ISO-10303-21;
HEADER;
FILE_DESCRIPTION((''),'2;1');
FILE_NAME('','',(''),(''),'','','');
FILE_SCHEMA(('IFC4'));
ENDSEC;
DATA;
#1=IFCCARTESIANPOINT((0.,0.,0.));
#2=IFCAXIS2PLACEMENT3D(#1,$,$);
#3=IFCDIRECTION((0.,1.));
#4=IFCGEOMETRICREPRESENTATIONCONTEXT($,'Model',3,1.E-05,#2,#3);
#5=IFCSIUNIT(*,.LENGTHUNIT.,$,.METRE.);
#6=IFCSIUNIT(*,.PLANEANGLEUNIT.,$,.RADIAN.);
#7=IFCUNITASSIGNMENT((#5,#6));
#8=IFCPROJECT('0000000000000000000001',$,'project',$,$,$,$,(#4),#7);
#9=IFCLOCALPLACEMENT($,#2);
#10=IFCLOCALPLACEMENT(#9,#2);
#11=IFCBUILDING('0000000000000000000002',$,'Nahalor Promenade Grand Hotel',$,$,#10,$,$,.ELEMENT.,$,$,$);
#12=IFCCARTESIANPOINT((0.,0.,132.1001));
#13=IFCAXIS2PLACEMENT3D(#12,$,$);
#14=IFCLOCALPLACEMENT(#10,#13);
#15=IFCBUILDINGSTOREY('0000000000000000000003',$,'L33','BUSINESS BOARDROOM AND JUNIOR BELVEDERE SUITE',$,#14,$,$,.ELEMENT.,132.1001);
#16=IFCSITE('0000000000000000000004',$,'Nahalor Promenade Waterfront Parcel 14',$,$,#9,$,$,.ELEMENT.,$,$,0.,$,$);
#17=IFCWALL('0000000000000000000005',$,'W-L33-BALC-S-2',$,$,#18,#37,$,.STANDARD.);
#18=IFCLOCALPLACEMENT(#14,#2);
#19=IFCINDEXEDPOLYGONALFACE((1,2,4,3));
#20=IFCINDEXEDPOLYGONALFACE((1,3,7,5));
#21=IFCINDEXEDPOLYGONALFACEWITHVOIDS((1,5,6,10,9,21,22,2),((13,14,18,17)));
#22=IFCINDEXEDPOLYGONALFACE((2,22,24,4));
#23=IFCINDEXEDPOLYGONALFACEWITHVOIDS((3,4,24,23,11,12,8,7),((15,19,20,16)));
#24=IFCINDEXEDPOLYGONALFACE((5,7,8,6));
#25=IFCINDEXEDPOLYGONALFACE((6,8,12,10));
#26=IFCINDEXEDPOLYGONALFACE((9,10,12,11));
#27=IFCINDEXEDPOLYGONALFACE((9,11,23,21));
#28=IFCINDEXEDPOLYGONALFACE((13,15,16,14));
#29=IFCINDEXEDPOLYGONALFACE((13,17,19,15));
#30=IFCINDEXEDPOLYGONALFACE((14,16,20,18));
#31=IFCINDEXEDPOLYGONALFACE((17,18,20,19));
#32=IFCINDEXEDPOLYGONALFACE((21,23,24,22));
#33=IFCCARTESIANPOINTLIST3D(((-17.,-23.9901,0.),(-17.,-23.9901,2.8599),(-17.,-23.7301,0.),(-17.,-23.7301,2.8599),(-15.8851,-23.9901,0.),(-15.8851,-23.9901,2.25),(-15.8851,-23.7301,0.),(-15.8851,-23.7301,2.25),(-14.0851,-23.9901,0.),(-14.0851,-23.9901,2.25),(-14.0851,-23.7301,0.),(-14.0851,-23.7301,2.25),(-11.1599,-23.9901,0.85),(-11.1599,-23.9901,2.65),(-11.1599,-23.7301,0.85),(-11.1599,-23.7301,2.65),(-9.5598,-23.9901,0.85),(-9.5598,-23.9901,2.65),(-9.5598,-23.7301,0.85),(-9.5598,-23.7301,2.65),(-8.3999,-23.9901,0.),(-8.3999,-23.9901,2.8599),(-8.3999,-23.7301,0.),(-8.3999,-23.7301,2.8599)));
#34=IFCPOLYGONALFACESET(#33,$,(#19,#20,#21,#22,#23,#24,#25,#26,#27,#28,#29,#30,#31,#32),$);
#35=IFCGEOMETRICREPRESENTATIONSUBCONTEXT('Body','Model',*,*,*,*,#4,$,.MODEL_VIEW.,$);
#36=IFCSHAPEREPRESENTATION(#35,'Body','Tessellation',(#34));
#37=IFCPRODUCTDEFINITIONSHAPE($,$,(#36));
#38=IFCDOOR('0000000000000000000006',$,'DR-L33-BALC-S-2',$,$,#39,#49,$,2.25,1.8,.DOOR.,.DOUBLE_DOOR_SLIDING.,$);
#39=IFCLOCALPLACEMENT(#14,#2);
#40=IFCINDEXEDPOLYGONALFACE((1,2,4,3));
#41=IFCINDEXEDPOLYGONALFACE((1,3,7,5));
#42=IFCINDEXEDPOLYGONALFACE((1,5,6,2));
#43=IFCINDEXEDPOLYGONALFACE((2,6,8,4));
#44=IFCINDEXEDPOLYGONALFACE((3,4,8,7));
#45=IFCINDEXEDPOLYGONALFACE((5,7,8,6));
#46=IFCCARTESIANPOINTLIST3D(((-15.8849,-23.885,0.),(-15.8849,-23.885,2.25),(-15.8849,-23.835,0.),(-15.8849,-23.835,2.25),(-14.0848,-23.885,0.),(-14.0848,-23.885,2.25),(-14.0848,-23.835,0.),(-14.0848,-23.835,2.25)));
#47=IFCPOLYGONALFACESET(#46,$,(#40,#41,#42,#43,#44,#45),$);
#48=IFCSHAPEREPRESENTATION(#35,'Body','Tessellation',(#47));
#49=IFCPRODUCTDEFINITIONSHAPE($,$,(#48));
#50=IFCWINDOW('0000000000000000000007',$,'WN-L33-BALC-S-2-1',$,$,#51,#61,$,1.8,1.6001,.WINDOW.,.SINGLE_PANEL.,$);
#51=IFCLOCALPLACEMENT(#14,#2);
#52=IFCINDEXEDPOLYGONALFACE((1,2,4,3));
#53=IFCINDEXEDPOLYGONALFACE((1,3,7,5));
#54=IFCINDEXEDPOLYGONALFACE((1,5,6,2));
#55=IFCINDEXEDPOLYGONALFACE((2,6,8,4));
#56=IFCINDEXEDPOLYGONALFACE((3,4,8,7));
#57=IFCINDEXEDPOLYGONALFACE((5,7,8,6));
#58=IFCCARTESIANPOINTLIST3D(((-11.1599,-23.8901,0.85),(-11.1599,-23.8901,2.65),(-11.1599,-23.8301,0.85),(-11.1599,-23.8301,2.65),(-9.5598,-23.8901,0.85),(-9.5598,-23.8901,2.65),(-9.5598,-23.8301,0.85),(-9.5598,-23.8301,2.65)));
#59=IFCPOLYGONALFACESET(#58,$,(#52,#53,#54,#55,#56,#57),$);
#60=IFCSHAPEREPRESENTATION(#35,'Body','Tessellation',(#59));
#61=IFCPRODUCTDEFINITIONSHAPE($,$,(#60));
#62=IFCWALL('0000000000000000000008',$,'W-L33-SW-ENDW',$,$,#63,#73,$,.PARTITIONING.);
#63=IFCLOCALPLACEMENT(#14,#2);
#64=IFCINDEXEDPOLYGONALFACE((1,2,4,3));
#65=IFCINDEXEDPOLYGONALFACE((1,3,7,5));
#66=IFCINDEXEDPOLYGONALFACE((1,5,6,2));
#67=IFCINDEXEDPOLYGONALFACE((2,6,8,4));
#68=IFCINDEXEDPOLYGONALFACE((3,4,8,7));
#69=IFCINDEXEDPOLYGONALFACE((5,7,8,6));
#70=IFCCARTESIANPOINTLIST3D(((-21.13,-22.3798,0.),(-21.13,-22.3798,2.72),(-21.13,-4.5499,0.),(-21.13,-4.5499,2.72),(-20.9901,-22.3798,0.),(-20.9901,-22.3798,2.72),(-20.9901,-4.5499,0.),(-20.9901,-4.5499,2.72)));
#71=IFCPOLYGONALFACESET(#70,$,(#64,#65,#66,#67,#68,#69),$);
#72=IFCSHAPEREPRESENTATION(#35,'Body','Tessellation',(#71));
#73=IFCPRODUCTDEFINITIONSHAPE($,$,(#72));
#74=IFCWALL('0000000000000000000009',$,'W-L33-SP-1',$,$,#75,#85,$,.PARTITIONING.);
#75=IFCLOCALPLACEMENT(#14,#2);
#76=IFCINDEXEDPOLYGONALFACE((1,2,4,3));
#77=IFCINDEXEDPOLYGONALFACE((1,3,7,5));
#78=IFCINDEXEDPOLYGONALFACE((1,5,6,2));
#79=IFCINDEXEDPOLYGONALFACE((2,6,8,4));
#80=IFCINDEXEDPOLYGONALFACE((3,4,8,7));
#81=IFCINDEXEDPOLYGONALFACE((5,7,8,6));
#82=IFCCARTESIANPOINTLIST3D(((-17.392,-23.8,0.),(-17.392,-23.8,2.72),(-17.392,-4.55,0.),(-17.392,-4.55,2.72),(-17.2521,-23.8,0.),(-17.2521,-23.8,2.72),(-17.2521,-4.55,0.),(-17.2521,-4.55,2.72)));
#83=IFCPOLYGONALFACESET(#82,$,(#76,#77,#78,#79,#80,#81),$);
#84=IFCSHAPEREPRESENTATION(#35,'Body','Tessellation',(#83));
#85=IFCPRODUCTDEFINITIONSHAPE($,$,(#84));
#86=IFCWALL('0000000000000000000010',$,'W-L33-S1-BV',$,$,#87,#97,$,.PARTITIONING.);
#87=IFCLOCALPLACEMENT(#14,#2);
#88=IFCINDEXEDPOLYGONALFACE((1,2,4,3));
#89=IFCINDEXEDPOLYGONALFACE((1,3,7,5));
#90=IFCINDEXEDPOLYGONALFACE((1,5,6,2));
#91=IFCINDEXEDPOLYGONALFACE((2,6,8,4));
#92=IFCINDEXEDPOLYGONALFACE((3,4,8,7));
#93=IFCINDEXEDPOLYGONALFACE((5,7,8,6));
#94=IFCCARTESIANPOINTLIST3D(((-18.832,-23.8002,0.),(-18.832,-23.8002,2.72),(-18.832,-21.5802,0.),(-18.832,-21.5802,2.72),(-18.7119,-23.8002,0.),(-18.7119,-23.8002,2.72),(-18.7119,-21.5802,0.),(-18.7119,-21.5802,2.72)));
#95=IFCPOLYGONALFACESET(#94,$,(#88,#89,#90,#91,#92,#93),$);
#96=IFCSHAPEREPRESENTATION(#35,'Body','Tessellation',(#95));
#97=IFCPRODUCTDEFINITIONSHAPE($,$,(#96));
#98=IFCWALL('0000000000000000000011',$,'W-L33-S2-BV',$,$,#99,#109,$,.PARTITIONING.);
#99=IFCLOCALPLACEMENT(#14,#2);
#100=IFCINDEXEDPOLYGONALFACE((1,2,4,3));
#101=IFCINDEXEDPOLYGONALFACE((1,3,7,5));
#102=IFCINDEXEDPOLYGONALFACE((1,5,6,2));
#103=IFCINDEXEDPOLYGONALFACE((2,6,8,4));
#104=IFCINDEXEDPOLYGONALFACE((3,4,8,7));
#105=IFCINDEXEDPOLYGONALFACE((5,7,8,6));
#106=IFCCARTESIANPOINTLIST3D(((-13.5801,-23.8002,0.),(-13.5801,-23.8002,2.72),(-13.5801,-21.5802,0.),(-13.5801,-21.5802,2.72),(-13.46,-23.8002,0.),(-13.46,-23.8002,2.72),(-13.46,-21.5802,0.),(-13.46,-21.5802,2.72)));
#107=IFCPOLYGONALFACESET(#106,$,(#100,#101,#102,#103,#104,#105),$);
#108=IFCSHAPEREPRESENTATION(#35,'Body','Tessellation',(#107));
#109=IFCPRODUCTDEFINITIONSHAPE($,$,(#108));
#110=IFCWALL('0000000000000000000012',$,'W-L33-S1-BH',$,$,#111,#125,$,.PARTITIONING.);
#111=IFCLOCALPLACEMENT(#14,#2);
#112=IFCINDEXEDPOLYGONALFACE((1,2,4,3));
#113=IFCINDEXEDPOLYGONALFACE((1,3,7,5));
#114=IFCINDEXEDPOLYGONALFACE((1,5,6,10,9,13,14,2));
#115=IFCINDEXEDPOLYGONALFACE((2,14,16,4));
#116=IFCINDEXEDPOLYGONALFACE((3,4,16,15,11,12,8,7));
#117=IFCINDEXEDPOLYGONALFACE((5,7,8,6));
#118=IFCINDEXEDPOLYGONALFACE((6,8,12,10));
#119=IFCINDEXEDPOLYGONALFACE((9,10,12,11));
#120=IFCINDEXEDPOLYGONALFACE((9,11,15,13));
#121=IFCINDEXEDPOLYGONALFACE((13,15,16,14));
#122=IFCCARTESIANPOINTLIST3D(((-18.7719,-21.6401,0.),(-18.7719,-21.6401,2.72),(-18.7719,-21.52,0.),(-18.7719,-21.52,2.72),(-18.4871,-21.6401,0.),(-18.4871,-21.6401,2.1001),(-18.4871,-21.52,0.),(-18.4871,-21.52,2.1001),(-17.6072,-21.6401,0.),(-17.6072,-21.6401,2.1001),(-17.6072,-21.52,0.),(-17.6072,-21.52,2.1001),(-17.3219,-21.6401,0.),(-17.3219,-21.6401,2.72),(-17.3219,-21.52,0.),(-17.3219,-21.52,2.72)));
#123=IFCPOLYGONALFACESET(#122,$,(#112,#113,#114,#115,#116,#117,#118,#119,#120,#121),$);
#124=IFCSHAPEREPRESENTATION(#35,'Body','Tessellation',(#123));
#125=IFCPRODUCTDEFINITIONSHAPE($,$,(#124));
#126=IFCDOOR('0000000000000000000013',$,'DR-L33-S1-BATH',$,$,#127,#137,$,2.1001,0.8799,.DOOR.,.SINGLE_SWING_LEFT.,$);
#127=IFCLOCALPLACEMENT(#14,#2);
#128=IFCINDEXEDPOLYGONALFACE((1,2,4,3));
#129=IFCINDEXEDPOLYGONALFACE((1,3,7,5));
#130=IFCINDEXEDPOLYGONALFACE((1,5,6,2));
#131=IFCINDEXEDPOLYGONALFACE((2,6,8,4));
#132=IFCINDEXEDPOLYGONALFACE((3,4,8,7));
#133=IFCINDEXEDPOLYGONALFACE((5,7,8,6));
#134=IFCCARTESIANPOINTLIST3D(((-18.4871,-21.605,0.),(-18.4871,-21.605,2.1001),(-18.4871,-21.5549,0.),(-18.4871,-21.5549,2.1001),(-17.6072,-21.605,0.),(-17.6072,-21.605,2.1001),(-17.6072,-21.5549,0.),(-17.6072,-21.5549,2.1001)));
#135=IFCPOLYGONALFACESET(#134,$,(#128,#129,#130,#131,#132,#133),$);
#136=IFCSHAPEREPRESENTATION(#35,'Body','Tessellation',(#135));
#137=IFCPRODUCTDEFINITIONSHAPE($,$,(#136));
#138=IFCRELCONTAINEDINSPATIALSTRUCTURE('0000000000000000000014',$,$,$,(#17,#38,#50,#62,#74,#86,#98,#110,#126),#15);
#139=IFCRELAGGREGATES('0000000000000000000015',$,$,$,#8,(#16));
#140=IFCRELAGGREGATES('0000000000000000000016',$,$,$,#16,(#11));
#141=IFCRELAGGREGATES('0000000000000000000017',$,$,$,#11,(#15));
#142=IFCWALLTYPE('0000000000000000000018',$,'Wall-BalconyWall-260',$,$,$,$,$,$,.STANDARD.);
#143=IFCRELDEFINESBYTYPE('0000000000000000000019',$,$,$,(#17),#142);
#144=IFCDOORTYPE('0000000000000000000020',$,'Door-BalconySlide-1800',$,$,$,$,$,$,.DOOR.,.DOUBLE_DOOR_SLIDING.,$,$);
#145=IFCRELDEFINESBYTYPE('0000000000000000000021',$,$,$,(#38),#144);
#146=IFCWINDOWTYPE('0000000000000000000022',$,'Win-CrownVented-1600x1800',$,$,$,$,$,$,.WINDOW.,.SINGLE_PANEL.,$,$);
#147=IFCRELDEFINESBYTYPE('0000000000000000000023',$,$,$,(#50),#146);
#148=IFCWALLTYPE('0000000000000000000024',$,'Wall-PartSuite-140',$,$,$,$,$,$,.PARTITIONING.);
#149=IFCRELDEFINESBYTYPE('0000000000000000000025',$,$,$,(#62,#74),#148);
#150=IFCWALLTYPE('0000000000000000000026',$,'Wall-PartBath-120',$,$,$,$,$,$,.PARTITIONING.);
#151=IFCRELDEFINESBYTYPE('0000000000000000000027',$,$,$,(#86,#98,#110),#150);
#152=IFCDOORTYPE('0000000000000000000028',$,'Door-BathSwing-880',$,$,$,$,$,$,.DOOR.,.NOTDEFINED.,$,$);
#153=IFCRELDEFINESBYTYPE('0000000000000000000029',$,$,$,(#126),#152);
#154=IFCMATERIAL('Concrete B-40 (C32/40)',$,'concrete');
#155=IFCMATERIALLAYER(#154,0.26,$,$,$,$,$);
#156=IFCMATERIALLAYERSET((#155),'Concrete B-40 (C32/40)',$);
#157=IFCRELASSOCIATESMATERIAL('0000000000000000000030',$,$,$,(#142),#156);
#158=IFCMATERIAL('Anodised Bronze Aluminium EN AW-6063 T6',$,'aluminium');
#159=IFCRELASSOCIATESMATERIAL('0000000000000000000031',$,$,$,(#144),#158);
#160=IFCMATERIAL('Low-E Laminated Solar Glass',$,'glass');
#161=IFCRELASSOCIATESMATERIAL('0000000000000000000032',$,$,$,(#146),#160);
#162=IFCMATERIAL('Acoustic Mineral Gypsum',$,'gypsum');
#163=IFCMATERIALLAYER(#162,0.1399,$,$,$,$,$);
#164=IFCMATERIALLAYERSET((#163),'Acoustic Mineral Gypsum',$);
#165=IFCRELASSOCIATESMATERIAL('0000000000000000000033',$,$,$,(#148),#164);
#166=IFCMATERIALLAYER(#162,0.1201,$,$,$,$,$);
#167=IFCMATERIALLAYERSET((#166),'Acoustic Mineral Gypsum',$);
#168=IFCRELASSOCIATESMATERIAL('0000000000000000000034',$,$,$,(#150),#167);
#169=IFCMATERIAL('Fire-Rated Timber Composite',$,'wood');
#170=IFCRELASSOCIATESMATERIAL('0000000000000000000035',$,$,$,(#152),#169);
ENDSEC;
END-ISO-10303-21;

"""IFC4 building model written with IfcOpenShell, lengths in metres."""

from ifc_helpers import new_model, si_unit, direction, frame, frame_2d, origin, place, context, subcontext, project, spatial, rectangle, extrude, source, transform, mapped, material, layer, layer_set, type_object, element, fill, save


model = new_model("IFC4")

# Units and contexts
model_context = context("Model", 3, precision=1e-05, world=origin(), true_north=direction((0.0, 1.0)))
body_context = subcontext(model_context, "Body", "Model", "MODEL_VIEW")
ifc_project = project(units=[si_unit("LENGTHUNIT", "METRE"), si_unit("PLANEANGLEUNIT", "RADIAN")], contexts=[model_context])

# Site, building, storey
site_placement = place(None, origin())
site = spatial("IfcSite", under=ifc_project, at=site_placement, Name="Nahalor Promenade Waterfront Parcel 14", CompositionType="ELEMENT", RefElevation=0.0)
building_placement = place(site_placement, origin())
building = spatial("IfcBuilding", under=site, at=building_placement, Name="Nahalor Promenade Grand Hotel", CompositionType="ELEMENT")
storey_placement = place(building_placement, frame((0.0, 0.0, 132.1001)))
storey = spatial("IfcBuildingStorey", under=building, at=storey_placement, Name="L33", Description="BUSINESS BOARDROOM AND JUNIOR BELVEDERE SUITE", CompositionType="ELEMENT", Elevation=132.1001)

# Shared definitions
ifc_material_1 = material(Name="Anodised Bronze Aluminium EN AW-6063 T6", Category="aluminium")

# Shared definitions
ifc_material_2 = material(Name="Low-E Laminated Solar Glass", Category="glass")

# Shared definitions
ifc_material_3 = material(Name="Concrete B-40 (C32/40)", Category="concrete")

# Wall, openings, door, window
ifc_layer_1 = layer(ifc_material_3, 0.26)
ifc_layer_set_1 = layer_set([ifc_layer_1], Name="Concrete B-40 (C32/40)")
wall_type_1 = type_object("IfcWallType", Name="Wall-BalconyWall-260", PredefinedType="STANDARD", material=ifc_layer_set_1)
shared_shape_1 = source(origin(), body_context, "Body", "SweptSolid", [
    extrude(rectangle(XDim=8.6001, YDim=0.26, at=frame_2d((4.3, 0.0))), origin(), (0.0, 0.0, 1.0), 2.8599),
])
wall_1_placement = place(storey_placement, frame((-17.0, -23.8601, 0.0), z_axis=(0.0, 0.0, 1.0), x_axis=(1.0, 0.0, 0.0)))
wall_1 = element("IfcWall", 1, at=wall_1_placement, inside=storey, type_object=wall_type_1, Name="W-L33-BALC-S-2", PredefinedType="STANDARD", context=body_context, shape_type="MappedRepresentation", body=[
    mapped(shared_shape_1, transform((0.0, 0.0, 0.0), scale=1.0)),
])
opening_1_placement = place(wall_1_placement, frame((1.115, 0.0, 0.0)))
opening_1 = element("IfcOpeningElement", 2, at=opening_1_placement, cuts=wall_1, PredefinedType="OPENING", context=body_context, shape_type="SweptSolid", body=[
    extrude(rectangle(XDim=1.8, YDim=2.25, at=frame_2d((0.8999, 1.125))), frame((0.0, 0.1399, 0.0), z_axis=(0.0, -1.0, 0.0), x_axis=(1.0, 0.0, 0.0)), (0.0, 0.0, 1.0), 0.28),
])
opening_2_placement = place(wall_1_placement, frame((5.8401, 0.0, 0.8501)))
opening_2 = element("IfcOpeningElement", 3, at=opening_2_placement, cuts=wall_1, PredefinedType="OPENING", context=body_context, shape_type="SweptSolid", body=[
    extrude(rectangle(XDim=1.6001, YDim=1.8, at=frame_2d((0.8, 0.8999))), frame((0.0, 0.1399, 0.0), z_axis=(0.0, -1.0, 0.0), x_axis=(1.0, 0.0, 0.0)), (0.0, 0.0, 1.0), 0.28),
])
door_type_1 = type_object("IfcDoorType", Name="Door-BalconySlide-1800", OperationType="DOUBLE_DOOR_SLIDING", PredefinedType="DOOR", material=ifc_material_1)
shared_shape_2 = source(origin(), body_context, "Body", "SweptSolid", [
    extrude(rectangle(XDim=1.8, YDim=2.25, at=frame_2d((0.8999, 1.125))), frame((0.0, 0.0249, 0.0), z_axis=(0.0, -1.0, 0.0), x_axis=(1.0, 0.0, 0.0)), (0.0, 0.0, 1.0), 0.05),
])
door_1_placement = place(opening_1_placement, frame((1.8, 0.0, 0.0), z_axis=(0.0, 0.0, 1.0), x_axis=(-1.0, 0.0, 0.0)))
door_1 = element("IfcDoor", 4, at=door_1_placement, inside=storey, type_object=door_type_1, Name="DR-L33-BALC-S-2", OperationType="DOUBLE_DOOR_SLIDING", OverallHeight=2.25, OverallWidth=1.8, PredefinedType="DOOR", context=body_context, shape_type="MappedRepresentation", body=[
    mapped(shared_shape_2, transform((0.0, 0.0, 0.0), scale=1.0)),
])
fill(opening_1, door_1)
window_type = type_object("IfcWindowType", Name="Win-CrownVented-1600x1800", PartitioningType="SINGLE_PANEL", PredefinedType="WINDOW", material=ifc_material_2)
shared_shape_3 = source(origin(), body_context, "Body", "SweptSolid", [
    extrude(rectangle(XDim=1.6001, YDim=1.8, at=frame_2d((0.8, 0.8999))), frame((0.0, 0.03, 0.0), z_axis=(0.0, -1.0, 0.0), x_axis=(1.0, 0.0, 0.0)), (0.0, 0.0, 1.0), 0.0601),
])
window_placement = place(opening_2_placement, origin())
window = element("IfcWindow", 5, at=window_placement, inside=storey, type_object=window_type, Name="WN-L33-BALC-S-2-1", OverallHeight=1.8, OverallWidth=1.6001, PartitioningType="SINGLE_PANEL", PredefinedType="WINDOW", context=body_context, shape_type="MappedRepresentation", body=[
    mapped(shared_shape_3, transform((0.0, 0.0, 0.0), scale=1.0)),
])
fill(opening_2, window)

# Walls
ifc_material_4 = material(Name="Acoustic Mineral Gypsum", Category="gypsum")
ifc_layer_2 = layer(ifc_material_4, 0.1399)
ifc_layer_set_2 = layer_set([ifc_layer_2], Name="Acoustic Mineral Gypsum")
wall_type_2 = type_object("IfcWallType", Name="Wall-PartSuite-140", PredefinedType="PARTITIONING", material=ifc_layer_set_2)
shared_shape_4 = source(origin(), body_context, "Body", "SweptSolid", [
    extrude(rectangle(XDim=17.8298, YDim=0.1399, at=frame_2d((8.915, 0.0))), origin(), (0.0, 0.0, 1.0), 2.72),
])
wall_2_placement = place(storey_placement, frame((-21.0601, -22.3799, 0.0), z_axis=(0.0, 0.0, 1.0), x_axis=(0.0, 1.0, 0.0)))
element("IfcWall", 6, at=wall_2_placement, inside=storey, type_object=wall_type_2, Name="W-L33-SW-ENDW", PredefinedType="PARTITIONING", context=body_context, shape_type="MappedRepresentation", body=[
    mapped(shared_shape_4, transform((0.0, 0.0, 0.0), scale=1.0)),
])
shared_shape_5 = source(origin(), body_context, "Body", "SweptSolid", [
    extrude(rectangle(XDim=19.25, YDim=0.1399, at=frame_2d((9.625, 0.0))), origin(), (0.0, 0.0, 1.0), 2.72),
])
wall_3_placement = place(storey_placement, frame((-17.322, -23.8, 0.0), z_axis=(0.0, 0.0, 1.0), x_axis=(0.0, 1.0, 0.0)))
element("IfcWall", 7, at=wall_3_placement, inside=storey, type_object=wall_type_2, Name="W-L33-SP-1", PredefinedType="PARTITIONING", context=body_context, shape_type="MappedRepresentation", body=[
    mapped(shared_shape_5, transform((0.0, 0.0, 0.0), scale=1.0)),
])
ifc_layer_3 = layer(ifc_material_4, 0.1201)
ifc_layer_set_3 = layer_set([ifc_layer_3], Name="Acoustic Mineral Gypsum")
wall_type_3 = type_object("IfcWallType", Name="Wall-PartBath-120", PredefinedType="PARTITIONING", material=ifc_layer_set_3)
shared_shape_6 = source(origin(), body_context, "Body", "SweptSolid", [
    extrude(rectangle(XDim=2.22, YDim=0.1201, at=frame_2d((1.1099, 0.0))), origin(), (0.0, 0.0, 1.0), 2.72),
])
for number, where, z_axis, x_axis, name in (
    (8, (-18.772, -23.8, 0.0), (0.0, 0.0, 1.0), (0.0, 1.0, 0.0), "W-L33-S1-BV"),
    (9, (-13.52, -23.8, 0.0), (0.0, 0.0, 1.0), (0.0, 1.0, 0.0), "W-L33-S2-BV"),
):
    element("IfcWall", number, at=place(storey_placement, frame(where, z_axis=z_axis, x_axis=x_axis)), inside=storey, type_object=wall_type_3, Name=name, PredefinedType="PARTITIONING", context=body_context, shape_type="MappedRepresentation", body=[
        mapped(shared_shape_6, transform((0.0, 0.0, 0.0), scale=1.0)),
    ])

# Wall, opening, door
shared_shape_7 = source(origin(), body_context, "Body", "SweptSolid", [
    extrude(rectangle(XDim=1.45, YDim=0.1201, at=frame_2d((0.7251, 0.0))), origin(), (0.0, 0.0, 1.0), 2.72),
])
wall_4_placement = place(storey_placement, frame((-18.772, -21.5801, 0.0), z_axis=(0.0, 0.0, 1.0), x_axis=(1.0, 0.0, 0.0)))
wall_4 = element("IfcWall", 10, at=wall_4_placement, inside=storey, type_object=wall_type_3, Name="W-L33-S1-BH", PredefinedType="PARTITIONING", context=body_context, shape_type="MappedRepresentation", body=[
    mapped(shared_shape_7, transform((0.0, 0.0, 0.0), scale=1.0)),
])
opening_3_placement = place(wall_4_placement, frame((0.2849, 0.0, 0.0)))
opening_3 = element("IfcOpeningElement", 11, at=opening_3_placement, cuts=wall_4, PredefinedType="OPENING", context=body_context, shape_type="SweptSolid", body=[
    extrude(rectangle(XDim=0.8799, YDim=2.1001, at=frame_2d((0.4399, 1.05))), frame((0.0, 0.0701, 0.0), z_axis=(0.0, -1.0, 0.0), x_axis=(1.0, 0.0, 0.0)), (0.0, 0.0, 1.0), 0.1401),
])
ifc_material_5 = material(Name="Fire-Rated Timber Composite", Category="wood")
door_type_2 = type_object("IfcDoorType", Name="Door-BathSwing-880", OperationType="NOTDEFINED", PredefinedType="DOOR", material=ifc_material_5)
shared_shape_8 = source(origin(), body_context, "Body", "SweptSolid", [
    extrude(rectangle(XDim=0.8799, YDim=2.1001, at=frame_2d((0.4399, 1.05))), frame((0.0, 0.0249, 0.0), z_axis=(0.0, -1.0, 0.0), x_axis=(1.0, 0.0, 0.0)), (0.0, 0.0, 1.0), 0.05),
])
door_2_placement = place(opening_3_placement, frame((0.8799, 0.0, 0.0), z_axis=(0.0, 0.0, 1.0), x_axis=(-1.0, 0.0, 0.0)))
door_2 = element("IfcDoor", 12, at=door_2_placement, inside=storey, type_object=door_type_2, Name="DR-L33-S1-BATH", OperationType="SINGLE_SWING_LEFT", OverallHeight=2.1001, OverallWidth=0.8799, PredefinedType="DOOR", context=body_context, shape_type="MappedRepresentation", body=[
    mapped(shared_shape_8, transform((0.0, 0.0, 0.0), scale=1.0)),
])
fill(opening_3, door_2)

save(model, "model.ifc")
